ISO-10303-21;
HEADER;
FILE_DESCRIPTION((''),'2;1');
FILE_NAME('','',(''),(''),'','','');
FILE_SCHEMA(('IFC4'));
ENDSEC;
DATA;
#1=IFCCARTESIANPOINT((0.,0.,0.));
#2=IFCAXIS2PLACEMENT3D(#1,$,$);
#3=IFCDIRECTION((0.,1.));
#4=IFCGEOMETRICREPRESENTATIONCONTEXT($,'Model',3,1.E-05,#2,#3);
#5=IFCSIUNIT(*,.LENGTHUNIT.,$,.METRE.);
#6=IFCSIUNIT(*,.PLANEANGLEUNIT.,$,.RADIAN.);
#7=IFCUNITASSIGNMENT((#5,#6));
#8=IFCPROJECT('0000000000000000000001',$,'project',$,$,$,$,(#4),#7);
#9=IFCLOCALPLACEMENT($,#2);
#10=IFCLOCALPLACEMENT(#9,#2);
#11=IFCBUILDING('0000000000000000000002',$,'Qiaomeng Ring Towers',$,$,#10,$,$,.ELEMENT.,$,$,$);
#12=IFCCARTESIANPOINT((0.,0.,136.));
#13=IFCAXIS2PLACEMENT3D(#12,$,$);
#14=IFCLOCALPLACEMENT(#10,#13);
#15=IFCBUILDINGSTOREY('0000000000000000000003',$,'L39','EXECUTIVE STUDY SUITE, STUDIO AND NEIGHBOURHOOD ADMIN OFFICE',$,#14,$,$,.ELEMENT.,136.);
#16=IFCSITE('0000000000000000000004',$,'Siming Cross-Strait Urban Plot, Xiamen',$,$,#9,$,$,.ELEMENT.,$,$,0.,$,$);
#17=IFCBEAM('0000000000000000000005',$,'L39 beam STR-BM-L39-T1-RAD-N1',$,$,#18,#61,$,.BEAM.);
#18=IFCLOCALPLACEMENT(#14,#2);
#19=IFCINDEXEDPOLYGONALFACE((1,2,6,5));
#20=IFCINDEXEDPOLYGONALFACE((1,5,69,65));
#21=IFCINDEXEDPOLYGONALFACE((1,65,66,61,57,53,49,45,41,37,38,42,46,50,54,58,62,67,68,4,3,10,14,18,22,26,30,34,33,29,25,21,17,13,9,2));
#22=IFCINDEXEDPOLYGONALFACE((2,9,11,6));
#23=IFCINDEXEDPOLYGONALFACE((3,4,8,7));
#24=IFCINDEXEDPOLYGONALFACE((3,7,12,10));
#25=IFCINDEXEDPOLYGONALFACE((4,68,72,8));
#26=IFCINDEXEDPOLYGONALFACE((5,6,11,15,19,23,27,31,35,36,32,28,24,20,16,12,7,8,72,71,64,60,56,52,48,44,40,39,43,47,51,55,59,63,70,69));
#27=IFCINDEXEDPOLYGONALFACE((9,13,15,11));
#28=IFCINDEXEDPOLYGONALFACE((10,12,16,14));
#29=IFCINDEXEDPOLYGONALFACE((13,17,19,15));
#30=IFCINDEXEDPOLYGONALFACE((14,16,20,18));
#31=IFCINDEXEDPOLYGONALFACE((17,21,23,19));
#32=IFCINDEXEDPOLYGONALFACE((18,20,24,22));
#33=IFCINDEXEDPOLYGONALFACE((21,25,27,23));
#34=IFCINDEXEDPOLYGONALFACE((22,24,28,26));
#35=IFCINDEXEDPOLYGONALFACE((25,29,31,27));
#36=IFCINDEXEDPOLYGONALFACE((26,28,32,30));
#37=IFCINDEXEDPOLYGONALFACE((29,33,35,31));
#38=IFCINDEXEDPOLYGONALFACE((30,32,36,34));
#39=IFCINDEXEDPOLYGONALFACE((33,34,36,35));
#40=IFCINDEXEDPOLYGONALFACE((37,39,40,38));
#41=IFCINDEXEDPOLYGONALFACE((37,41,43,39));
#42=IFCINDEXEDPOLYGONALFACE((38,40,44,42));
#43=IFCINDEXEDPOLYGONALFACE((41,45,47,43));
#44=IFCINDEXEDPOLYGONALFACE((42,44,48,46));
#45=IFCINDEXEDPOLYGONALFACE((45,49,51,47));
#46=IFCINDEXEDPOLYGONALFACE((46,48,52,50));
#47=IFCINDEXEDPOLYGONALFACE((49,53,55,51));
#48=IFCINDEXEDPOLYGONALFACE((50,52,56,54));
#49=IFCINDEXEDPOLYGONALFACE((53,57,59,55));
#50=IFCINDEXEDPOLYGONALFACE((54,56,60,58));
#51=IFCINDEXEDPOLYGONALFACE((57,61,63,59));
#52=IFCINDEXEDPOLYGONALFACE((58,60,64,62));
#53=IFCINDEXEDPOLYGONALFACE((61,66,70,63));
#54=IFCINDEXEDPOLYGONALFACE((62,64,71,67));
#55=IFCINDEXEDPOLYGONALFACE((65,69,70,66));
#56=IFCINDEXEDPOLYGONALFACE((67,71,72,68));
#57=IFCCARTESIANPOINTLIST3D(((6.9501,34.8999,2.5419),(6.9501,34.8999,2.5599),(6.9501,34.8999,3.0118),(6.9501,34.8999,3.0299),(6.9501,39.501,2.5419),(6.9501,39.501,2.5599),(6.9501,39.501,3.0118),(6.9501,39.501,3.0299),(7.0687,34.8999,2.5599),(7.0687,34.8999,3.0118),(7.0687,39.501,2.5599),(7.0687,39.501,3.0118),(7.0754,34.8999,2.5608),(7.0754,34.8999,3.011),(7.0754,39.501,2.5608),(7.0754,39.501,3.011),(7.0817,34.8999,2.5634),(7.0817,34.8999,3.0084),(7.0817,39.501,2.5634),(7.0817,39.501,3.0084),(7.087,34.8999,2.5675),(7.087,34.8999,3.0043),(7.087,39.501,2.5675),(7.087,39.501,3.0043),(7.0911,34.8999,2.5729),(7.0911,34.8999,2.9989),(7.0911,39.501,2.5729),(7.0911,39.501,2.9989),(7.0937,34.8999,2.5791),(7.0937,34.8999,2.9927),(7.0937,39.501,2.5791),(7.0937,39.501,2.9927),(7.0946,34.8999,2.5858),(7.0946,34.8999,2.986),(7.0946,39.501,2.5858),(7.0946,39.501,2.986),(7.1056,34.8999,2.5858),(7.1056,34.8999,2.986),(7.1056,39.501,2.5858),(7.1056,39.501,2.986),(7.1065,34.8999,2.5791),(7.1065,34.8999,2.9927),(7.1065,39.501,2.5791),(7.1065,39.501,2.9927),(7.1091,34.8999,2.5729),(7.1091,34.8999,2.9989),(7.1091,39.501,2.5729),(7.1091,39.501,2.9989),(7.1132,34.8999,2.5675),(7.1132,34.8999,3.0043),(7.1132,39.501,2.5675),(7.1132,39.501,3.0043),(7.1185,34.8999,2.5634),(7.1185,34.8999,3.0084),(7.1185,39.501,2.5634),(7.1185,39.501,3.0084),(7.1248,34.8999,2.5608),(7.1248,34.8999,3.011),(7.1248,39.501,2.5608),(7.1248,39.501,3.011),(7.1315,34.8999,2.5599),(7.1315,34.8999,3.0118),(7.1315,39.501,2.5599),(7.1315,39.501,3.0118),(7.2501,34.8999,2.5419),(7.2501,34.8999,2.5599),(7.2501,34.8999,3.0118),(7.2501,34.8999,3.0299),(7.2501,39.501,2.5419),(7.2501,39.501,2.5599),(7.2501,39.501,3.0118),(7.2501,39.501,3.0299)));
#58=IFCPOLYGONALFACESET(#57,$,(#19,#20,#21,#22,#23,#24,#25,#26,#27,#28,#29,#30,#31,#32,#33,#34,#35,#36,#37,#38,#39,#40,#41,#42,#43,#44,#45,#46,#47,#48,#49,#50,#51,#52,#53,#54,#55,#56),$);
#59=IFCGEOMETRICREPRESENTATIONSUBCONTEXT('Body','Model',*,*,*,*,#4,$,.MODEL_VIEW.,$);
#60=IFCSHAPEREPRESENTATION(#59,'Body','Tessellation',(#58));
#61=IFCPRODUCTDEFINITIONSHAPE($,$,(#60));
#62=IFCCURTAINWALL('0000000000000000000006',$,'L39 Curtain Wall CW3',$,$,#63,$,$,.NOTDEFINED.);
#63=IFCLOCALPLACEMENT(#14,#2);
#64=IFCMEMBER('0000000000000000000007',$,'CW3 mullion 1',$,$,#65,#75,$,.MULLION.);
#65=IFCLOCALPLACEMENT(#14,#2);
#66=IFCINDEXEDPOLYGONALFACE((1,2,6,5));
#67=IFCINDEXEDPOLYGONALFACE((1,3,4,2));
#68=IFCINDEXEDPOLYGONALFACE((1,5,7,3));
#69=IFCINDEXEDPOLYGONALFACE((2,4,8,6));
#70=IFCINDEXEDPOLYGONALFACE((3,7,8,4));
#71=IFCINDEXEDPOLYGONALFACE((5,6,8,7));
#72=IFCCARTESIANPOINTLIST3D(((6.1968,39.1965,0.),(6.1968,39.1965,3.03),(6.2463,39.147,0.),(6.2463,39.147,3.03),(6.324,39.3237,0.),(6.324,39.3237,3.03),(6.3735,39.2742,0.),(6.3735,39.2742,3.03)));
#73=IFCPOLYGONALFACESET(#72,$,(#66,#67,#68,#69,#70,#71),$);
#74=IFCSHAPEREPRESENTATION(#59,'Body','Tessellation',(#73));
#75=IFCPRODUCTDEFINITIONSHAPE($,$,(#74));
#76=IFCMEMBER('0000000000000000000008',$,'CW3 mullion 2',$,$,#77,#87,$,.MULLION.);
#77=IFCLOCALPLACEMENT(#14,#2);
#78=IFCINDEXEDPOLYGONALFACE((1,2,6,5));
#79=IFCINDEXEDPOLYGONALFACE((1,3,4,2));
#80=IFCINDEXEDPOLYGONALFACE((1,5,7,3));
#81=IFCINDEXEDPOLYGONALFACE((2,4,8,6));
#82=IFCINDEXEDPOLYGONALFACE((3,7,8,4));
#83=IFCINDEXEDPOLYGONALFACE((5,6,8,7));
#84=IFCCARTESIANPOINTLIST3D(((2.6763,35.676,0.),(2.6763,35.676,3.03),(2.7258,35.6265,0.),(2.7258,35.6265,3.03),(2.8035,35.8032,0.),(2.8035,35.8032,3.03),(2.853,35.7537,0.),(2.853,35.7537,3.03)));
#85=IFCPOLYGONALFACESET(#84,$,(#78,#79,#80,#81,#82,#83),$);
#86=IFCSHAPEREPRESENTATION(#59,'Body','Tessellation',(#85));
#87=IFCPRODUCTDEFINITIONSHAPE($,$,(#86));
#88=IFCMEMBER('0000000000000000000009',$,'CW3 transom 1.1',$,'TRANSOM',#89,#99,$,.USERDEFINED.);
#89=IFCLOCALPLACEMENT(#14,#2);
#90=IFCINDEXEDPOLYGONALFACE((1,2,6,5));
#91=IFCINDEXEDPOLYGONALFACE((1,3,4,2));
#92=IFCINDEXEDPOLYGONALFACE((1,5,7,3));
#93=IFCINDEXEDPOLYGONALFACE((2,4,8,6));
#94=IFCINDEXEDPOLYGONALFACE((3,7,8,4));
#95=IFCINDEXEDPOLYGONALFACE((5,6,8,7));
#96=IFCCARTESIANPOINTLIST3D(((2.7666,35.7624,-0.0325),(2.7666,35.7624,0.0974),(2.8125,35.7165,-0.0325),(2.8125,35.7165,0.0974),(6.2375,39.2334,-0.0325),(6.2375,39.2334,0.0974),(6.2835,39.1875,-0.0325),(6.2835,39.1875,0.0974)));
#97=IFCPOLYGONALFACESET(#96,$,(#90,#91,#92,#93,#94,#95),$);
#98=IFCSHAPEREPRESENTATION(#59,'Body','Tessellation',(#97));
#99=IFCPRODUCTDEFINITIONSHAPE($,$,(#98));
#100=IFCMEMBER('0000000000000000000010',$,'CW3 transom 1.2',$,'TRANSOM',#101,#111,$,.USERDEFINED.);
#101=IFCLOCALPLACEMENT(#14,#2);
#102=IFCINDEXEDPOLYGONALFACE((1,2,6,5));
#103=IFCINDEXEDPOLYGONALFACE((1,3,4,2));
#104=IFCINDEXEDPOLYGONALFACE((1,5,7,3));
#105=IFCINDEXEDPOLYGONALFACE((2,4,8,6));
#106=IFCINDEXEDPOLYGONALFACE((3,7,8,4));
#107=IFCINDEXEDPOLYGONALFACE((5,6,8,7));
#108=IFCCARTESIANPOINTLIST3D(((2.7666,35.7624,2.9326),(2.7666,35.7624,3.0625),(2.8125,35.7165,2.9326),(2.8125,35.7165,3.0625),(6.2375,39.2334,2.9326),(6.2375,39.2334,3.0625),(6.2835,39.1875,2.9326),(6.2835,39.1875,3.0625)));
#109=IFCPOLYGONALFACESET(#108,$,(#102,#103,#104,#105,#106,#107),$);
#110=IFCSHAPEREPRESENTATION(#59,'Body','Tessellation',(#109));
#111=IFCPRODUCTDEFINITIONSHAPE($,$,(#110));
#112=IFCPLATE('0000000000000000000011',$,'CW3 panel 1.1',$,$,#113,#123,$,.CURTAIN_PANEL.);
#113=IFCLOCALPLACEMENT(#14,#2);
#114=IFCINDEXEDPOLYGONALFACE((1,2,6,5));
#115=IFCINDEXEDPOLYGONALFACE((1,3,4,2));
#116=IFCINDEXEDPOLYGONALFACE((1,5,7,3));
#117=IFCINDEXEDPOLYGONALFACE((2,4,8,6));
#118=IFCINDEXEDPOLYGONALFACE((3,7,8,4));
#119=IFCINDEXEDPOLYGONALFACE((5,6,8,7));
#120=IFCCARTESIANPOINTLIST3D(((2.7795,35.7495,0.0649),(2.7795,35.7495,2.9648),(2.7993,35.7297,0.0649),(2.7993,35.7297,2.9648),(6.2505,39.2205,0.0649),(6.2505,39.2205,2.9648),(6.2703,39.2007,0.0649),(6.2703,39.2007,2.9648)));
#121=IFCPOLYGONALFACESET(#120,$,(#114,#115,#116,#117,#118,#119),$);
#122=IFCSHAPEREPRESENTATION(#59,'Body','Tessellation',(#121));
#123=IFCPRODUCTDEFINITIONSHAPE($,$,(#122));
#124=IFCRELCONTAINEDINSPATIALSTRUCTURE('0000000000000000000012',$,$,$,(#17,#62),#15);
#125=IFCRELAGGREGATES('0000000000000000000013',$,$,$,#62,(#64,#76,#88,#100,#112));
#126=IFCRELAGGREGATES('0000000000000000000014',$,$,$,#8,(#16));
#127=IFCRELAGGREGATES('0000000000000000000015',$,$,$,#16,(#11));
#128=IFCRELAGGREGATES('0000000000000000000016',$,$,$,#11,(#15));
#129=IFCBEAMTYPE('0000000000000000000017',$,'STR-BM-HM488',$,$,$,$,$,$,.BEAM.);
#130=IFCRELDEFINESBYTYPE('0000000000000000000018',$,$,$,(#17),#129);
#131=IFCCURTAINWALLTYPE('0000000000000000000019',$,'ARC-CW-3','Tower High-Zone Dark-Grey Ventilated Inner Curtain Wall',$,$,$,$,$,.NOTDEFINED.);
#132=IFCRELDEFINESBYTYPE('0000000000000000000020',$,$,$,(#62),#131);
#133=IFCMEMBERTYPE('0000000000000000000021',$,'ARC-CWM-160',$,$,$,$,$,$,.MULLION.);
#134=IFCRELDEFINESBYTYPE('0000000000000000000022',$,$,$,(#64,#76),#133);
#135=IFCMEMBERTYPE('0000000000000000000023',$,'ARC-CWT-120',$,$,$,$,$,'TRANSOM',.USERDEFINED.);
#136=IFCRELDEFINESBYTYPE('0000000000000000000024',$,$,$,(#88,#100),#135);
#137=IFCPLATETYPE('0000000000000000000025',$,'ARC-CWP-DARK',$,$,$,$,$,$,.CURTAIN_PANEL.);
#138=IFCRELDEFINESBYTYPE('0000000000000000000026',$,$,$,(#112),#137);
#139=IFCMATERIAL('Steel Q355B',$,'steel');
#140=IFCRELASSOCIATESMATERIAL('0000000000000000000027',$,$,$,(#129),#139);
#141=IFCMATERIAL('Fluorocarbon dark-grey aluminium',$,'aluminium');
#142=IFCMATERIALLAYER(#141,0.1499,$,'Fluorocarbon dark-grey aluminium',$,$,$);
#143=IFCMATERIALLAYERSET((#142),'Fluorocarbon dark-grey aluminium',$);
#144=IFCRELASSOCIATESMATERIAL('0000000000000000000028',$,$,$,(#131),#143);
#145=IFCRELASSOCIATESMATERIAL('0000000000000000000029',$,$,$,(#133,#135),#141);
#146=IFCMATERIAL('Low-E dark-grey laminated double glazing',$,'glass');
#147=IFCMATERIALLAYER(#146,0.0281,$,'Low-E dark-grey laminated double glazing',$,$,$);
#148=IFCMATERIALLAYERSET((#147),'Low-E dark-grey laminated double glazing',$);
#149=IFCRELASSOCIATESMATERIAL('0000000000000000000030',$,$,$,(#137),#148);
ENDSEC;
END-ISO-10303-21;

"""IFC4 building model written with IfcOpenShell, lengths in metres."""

from ifc_helpers import new_model, si_unit, direction, frame, origin, origin_2d, place, context, subcontext, project, spatial, rectangle, i_section, extrude, source, transform, mapped, material, layer, layer_set, material_profile, profile_set, type_object, element, aggregate, save


model = new_model("IFC4")

# Units and contexts
model_context = context("Model", 3, precision=1e-05, world=origin(), true_north=direction((0.0, 1.0)))
body_context = subcontext(model_context, "Body", "Model", "MODEL_VIEW")
ifc_project = project(units=[si_unit("LENGTHUNIT", "METRE"), si_unit("PLANEANGLEUNIT", "RADIAN")], contexts=[model_context])

# Site, building, storey
site_placement = place(None, origin())
site = spatial("IfcSite", under=ifc_project, at=site_placement, Name="Siming Cross-Strait Urban Plot, Xiamen", CompositionType="ELEMENT", RefElevation=0.0)
building_placement = place(site_placement, origin())
building = spatial("IfcBuilding", under=site, at=building_placement, Name="Qiaomeng Ring Towers", CompositionType="ELEMENT")
storey_placement = place(building_placement, frame((0.0, 0.0, 136.0)))
storey = spatial("IfcBuildingStorey", under=building, at=storey_placement, Name="L39", Description="EXECUTIVE STUDY SUITE, STUDIO AND NEIGHBOURHOOD ADMIN OFFICE", CompositionType="ELEMENT", Elevation=136.0)

# Beam
ifc_material_1 = material(Name="Steel Q355B", Category="steel")
ifc_material_profile_1 = material_profile(ifc_material_1, i_section(OverallWidth=0.3, OverallDepth=0.488, WebThickness=0.011, FlangeThickness=0.0181, FilletRadius=0.0259, at=origin_2d()), Name="HM 488x300x11x18")
ifc_profile_set_1 = profile_set([ifc_material_profile_1], Name="Steel Q355B")
beam_type_1 = type_object("IfcBeamType", Name="STR-BM-HM488", PredefinedType="BEAM", material=ifc_profile_set_1)
shared_shape_1 = source(origin(), body_context, "Body", "SweptSolid", [
    extrude(i_section(OverallWidth=0.3, OverallDepth=0.488, WebThickness=0.011, FlangeThickness=0.0181, FilletRadius=0.0259, at=origin_2d()), origin(), (0.0, 0.0, 1.0), 4.6011),
])
beam_1_placement = place(storey_placement, frame((7.1001, 39.501, 2.7859), z_axis=(0.0, -1.0, 0.0), x_axis=(1.0, 0.0, 0.0)))
element("IfcBeam", 1, at=beam_1_placement, inside=storey, type_object=beam_type_1, Name="L39 beam STR-BM-L39-T1-RAD-N1", PredefinedType="BEAM", context=body_context, shape_type="MappedRepresentation", body=[
    mapped(shared_shape_1, transform((0.0, 0.0, 0.0), x_axis=(1.0, 0.0, 0.0), y_axis=(0.0, 1.0, 0.0), z_axis=(0.0, 0.0, 1.0), scale=1.0)),
])

# Curtain wall, members, plate
ifc_material_2 = material(Name="Fluorocarbon dark-grey aluminium", Category="aluminium")
ifc_layer_1 = layer(ifc_material_2, 0.1499, Name="Fluorocarbon dark-grey aluminium")
ifc_layer_set_1 = layer_set([ifc_layer_1], Name="Fluorocarbon dark-grey aluminium")
curtain_wall_type = type_object("IfcCurtainWallType", Name="ARC-CW-3", Description="Tower High-Zone Dark-Grey Ventilated Inner Curtain Wall", PredefinedType="NOTDEFINED", material=ifc_layer_set_1)
curtain_wall_placement = place(storey_placement, origin())
curtain_wall = element("IfcCurtainWall", 2, at=curtain_wall_placement, inside=storey, type_object=curtain_wall_type, Name="L39 Curtain Wall CW3", PredefinedType="NOTDEFINED")
ifc_material_profile_2 = material_profile(ifc_material_2, rectangle(XDim=0.0701, YDim=0.1799, at=origin_2d()), Name="ALU MULL 70x180")
ifc_profile_set_2 = profile_set([ifc_material_profile_2], Name="Fluorocarbon dark-grey aluminium")
member_type_1 = type_object("IfcMemberType", Name="ARC-CWM-160", PredefinedType="MULLION", material=ifc_profile_set_2)
shared_shape_2 = source(origin(), body_context, "Body", "SweptSolid", [
    extrude(rectangle(XDim=0.0701, YDim=0.1799, at=origin_2d()), origin(), (0.0, 0.0, 1.0), 3.03),
])
member_1_placement = place(storey_placement, frame((6.2852, 39.2354, 0.0), z_axis=(0.0, 0.0, 1.0), x_axis=(0.707107, -0.707107, 0.0)))
member_1 = element("IfcMember", 3, at=member_1_placement, type_object=member_type_1, Name="CW3 mullion 1", PredefinedType="MULLION", context=body_context, shape_type="MappedRepresentation", body=[
    mapped(shared_shape_2, transform((0.0, 0.0, 0.0), x_axis=(1.0, 0.0, 0.0), y_axis=(0.0, 1.0, 0.0), z_axis=(0.0, 0.0, 1.0), scale=1.0)),
])
member_2_placement = place(storey_placement, frame((2.7646, 35.7148, 0.0), z_axis=(0.0, 0.0, 1.0), x_axis=(0.707107, -0.707107, 0.0)))
member_2 = element("IfcMember", 4, at=member_2_placement, type_object=member_type_1, Name="CW3 mullion 2", PredefinedType="MULLION", context=body_context, shape_type="MappedRepresentation", body=[
    mapped(shared_shape_2, transform((0.0, 0.0, 0.0), x_axis=(1.0, 0.0, 0.0), y_axis=(0.0, 1.0, 0.0), z_axis=(0.0, 0.0, 1.0), scale=1.0)),
])
ifc_material_profile_3 = material_profile(ifc_material_2, rectangle(XDim=0.0649, YDim=0.1299, at=origin_2d()), Name="ALU TRAN 65x130")
ifc_profile_set_3 = profile_set([ifc_material_profile_3], Name="Fluorocarbon dark-grey aluminium")
member_type_2 = type_object("IfcMemberType", Name="ARC-CWT-120", ElementType="TRANSOM", PredefinedType="USERDEFINED", material=ifc_profile_set_3)
shared_shape_3 = source(origin(), body_context, "Body", "SweptSolid", [
    extrude(rectangle(XDim=0.0649, YDim=0.1299, at=origin_2d()), origin(), (0.0, 0.0, 1.0), 4.9087),
])
member_3_placement = place(storey_placement, frame((6.2605, 39.2104, 0.0325), z_axis=(-0.707107, -0.707107, 0.0), x_axis=(0.707107, -0.707107, 0.0)))
member_3 = element("IfcMember", 5, at=member_3_placement, type_object=member_type_2, Name="CW3 transom 1.1", ObjectType="TRANSOM", PredefinedType="USERDEFINED", context=body_context, shape_type="MappedRepresentation", body=[
    mapped(shared_shape_3, transform((0.0, 0.0, 0.0), x_axis=(1.0, 0.0, 0.0), y_axis=(0.0, 1.0, 0.0), z_axis=(0.0, 0.0, 1.0), scale=1.0)),
])
member_4_placement = place(storey_placement, frame((6.2605, 39.2104, 2.9976), z_axis=(-0.707107, -0.707107, 0.0), x_axis=(0.707107, -0.707107, 0.0)))
member_4 = element("IfcMember", 6, at=member_4_placement, type_object=member_type_2, Name="CW3 transom 1.2", ObjectType="TRANSOM", PredefinedType="USERDEFINED", context=body_context, shape_type="MappedRepresentation", body=[
    mapped(shared_shape_3, transform((0.0, 0.0, 0.0), x_axis=(1.0, 0.0, 0.0), y_axis=(0.0, 1.0, 0.0), z_axis=(0.0, 0.0, 1.0), scale=1.0)),
])
ifc_material_3 = material(Name="Low-E dark-grey laminated double glazing", Category="glass")
ifc_layer_2 = layer(ifc_material_3, 0.0281, Name="Low-E dark-grey laminated double glazing")
ifc_layer_set_2 = layer_set([ifc_layer_2], Name="Low-E dark-grey laminated double glazing")
plate_type = type_object("IfcPlateType", Name="ARC-CWP-DARK", PredefinedType="CURTAIN_PANEL", material=ifc_layer_set_2)
shared_shape_4 = source(origin(), body_context, "Body", "SweptSolid", [
    extrude(rectangle(XDim=4.9087, YDim=0.0281, at=origin_2d()), origin(), (0.0, 0.0, 1.0), 2.8999),
])
plate_placement = place(storey_placement, frame((4.5249, 37.4751, 0.0649), z_axis=(0.0, 0.0, 1.0), x_axis=(-0.707107, -0.707107, 0.0)))
plate = element("IfcPlate", 7, at=plate_placement, type_object=plate_type, Name="CW3 panel 1.1", PredefinedType="CURTAIN_PANEL", context=body_context, shape_type="MappedRepresentation", body=[
    mapped(shared_shape_4, transform((0.0, 0.0, 0.0), x_axis=(1.0, 0.0, 0.0), y_axis=(0.0, 1.0, 0.0), z_axis=(0.0, 0.0, 1.0), scale=1.0)),
])
aggregate(curtain_wall, [member_1, member_2, member_3, member_4, plate])

save(model, "model.ifc")
